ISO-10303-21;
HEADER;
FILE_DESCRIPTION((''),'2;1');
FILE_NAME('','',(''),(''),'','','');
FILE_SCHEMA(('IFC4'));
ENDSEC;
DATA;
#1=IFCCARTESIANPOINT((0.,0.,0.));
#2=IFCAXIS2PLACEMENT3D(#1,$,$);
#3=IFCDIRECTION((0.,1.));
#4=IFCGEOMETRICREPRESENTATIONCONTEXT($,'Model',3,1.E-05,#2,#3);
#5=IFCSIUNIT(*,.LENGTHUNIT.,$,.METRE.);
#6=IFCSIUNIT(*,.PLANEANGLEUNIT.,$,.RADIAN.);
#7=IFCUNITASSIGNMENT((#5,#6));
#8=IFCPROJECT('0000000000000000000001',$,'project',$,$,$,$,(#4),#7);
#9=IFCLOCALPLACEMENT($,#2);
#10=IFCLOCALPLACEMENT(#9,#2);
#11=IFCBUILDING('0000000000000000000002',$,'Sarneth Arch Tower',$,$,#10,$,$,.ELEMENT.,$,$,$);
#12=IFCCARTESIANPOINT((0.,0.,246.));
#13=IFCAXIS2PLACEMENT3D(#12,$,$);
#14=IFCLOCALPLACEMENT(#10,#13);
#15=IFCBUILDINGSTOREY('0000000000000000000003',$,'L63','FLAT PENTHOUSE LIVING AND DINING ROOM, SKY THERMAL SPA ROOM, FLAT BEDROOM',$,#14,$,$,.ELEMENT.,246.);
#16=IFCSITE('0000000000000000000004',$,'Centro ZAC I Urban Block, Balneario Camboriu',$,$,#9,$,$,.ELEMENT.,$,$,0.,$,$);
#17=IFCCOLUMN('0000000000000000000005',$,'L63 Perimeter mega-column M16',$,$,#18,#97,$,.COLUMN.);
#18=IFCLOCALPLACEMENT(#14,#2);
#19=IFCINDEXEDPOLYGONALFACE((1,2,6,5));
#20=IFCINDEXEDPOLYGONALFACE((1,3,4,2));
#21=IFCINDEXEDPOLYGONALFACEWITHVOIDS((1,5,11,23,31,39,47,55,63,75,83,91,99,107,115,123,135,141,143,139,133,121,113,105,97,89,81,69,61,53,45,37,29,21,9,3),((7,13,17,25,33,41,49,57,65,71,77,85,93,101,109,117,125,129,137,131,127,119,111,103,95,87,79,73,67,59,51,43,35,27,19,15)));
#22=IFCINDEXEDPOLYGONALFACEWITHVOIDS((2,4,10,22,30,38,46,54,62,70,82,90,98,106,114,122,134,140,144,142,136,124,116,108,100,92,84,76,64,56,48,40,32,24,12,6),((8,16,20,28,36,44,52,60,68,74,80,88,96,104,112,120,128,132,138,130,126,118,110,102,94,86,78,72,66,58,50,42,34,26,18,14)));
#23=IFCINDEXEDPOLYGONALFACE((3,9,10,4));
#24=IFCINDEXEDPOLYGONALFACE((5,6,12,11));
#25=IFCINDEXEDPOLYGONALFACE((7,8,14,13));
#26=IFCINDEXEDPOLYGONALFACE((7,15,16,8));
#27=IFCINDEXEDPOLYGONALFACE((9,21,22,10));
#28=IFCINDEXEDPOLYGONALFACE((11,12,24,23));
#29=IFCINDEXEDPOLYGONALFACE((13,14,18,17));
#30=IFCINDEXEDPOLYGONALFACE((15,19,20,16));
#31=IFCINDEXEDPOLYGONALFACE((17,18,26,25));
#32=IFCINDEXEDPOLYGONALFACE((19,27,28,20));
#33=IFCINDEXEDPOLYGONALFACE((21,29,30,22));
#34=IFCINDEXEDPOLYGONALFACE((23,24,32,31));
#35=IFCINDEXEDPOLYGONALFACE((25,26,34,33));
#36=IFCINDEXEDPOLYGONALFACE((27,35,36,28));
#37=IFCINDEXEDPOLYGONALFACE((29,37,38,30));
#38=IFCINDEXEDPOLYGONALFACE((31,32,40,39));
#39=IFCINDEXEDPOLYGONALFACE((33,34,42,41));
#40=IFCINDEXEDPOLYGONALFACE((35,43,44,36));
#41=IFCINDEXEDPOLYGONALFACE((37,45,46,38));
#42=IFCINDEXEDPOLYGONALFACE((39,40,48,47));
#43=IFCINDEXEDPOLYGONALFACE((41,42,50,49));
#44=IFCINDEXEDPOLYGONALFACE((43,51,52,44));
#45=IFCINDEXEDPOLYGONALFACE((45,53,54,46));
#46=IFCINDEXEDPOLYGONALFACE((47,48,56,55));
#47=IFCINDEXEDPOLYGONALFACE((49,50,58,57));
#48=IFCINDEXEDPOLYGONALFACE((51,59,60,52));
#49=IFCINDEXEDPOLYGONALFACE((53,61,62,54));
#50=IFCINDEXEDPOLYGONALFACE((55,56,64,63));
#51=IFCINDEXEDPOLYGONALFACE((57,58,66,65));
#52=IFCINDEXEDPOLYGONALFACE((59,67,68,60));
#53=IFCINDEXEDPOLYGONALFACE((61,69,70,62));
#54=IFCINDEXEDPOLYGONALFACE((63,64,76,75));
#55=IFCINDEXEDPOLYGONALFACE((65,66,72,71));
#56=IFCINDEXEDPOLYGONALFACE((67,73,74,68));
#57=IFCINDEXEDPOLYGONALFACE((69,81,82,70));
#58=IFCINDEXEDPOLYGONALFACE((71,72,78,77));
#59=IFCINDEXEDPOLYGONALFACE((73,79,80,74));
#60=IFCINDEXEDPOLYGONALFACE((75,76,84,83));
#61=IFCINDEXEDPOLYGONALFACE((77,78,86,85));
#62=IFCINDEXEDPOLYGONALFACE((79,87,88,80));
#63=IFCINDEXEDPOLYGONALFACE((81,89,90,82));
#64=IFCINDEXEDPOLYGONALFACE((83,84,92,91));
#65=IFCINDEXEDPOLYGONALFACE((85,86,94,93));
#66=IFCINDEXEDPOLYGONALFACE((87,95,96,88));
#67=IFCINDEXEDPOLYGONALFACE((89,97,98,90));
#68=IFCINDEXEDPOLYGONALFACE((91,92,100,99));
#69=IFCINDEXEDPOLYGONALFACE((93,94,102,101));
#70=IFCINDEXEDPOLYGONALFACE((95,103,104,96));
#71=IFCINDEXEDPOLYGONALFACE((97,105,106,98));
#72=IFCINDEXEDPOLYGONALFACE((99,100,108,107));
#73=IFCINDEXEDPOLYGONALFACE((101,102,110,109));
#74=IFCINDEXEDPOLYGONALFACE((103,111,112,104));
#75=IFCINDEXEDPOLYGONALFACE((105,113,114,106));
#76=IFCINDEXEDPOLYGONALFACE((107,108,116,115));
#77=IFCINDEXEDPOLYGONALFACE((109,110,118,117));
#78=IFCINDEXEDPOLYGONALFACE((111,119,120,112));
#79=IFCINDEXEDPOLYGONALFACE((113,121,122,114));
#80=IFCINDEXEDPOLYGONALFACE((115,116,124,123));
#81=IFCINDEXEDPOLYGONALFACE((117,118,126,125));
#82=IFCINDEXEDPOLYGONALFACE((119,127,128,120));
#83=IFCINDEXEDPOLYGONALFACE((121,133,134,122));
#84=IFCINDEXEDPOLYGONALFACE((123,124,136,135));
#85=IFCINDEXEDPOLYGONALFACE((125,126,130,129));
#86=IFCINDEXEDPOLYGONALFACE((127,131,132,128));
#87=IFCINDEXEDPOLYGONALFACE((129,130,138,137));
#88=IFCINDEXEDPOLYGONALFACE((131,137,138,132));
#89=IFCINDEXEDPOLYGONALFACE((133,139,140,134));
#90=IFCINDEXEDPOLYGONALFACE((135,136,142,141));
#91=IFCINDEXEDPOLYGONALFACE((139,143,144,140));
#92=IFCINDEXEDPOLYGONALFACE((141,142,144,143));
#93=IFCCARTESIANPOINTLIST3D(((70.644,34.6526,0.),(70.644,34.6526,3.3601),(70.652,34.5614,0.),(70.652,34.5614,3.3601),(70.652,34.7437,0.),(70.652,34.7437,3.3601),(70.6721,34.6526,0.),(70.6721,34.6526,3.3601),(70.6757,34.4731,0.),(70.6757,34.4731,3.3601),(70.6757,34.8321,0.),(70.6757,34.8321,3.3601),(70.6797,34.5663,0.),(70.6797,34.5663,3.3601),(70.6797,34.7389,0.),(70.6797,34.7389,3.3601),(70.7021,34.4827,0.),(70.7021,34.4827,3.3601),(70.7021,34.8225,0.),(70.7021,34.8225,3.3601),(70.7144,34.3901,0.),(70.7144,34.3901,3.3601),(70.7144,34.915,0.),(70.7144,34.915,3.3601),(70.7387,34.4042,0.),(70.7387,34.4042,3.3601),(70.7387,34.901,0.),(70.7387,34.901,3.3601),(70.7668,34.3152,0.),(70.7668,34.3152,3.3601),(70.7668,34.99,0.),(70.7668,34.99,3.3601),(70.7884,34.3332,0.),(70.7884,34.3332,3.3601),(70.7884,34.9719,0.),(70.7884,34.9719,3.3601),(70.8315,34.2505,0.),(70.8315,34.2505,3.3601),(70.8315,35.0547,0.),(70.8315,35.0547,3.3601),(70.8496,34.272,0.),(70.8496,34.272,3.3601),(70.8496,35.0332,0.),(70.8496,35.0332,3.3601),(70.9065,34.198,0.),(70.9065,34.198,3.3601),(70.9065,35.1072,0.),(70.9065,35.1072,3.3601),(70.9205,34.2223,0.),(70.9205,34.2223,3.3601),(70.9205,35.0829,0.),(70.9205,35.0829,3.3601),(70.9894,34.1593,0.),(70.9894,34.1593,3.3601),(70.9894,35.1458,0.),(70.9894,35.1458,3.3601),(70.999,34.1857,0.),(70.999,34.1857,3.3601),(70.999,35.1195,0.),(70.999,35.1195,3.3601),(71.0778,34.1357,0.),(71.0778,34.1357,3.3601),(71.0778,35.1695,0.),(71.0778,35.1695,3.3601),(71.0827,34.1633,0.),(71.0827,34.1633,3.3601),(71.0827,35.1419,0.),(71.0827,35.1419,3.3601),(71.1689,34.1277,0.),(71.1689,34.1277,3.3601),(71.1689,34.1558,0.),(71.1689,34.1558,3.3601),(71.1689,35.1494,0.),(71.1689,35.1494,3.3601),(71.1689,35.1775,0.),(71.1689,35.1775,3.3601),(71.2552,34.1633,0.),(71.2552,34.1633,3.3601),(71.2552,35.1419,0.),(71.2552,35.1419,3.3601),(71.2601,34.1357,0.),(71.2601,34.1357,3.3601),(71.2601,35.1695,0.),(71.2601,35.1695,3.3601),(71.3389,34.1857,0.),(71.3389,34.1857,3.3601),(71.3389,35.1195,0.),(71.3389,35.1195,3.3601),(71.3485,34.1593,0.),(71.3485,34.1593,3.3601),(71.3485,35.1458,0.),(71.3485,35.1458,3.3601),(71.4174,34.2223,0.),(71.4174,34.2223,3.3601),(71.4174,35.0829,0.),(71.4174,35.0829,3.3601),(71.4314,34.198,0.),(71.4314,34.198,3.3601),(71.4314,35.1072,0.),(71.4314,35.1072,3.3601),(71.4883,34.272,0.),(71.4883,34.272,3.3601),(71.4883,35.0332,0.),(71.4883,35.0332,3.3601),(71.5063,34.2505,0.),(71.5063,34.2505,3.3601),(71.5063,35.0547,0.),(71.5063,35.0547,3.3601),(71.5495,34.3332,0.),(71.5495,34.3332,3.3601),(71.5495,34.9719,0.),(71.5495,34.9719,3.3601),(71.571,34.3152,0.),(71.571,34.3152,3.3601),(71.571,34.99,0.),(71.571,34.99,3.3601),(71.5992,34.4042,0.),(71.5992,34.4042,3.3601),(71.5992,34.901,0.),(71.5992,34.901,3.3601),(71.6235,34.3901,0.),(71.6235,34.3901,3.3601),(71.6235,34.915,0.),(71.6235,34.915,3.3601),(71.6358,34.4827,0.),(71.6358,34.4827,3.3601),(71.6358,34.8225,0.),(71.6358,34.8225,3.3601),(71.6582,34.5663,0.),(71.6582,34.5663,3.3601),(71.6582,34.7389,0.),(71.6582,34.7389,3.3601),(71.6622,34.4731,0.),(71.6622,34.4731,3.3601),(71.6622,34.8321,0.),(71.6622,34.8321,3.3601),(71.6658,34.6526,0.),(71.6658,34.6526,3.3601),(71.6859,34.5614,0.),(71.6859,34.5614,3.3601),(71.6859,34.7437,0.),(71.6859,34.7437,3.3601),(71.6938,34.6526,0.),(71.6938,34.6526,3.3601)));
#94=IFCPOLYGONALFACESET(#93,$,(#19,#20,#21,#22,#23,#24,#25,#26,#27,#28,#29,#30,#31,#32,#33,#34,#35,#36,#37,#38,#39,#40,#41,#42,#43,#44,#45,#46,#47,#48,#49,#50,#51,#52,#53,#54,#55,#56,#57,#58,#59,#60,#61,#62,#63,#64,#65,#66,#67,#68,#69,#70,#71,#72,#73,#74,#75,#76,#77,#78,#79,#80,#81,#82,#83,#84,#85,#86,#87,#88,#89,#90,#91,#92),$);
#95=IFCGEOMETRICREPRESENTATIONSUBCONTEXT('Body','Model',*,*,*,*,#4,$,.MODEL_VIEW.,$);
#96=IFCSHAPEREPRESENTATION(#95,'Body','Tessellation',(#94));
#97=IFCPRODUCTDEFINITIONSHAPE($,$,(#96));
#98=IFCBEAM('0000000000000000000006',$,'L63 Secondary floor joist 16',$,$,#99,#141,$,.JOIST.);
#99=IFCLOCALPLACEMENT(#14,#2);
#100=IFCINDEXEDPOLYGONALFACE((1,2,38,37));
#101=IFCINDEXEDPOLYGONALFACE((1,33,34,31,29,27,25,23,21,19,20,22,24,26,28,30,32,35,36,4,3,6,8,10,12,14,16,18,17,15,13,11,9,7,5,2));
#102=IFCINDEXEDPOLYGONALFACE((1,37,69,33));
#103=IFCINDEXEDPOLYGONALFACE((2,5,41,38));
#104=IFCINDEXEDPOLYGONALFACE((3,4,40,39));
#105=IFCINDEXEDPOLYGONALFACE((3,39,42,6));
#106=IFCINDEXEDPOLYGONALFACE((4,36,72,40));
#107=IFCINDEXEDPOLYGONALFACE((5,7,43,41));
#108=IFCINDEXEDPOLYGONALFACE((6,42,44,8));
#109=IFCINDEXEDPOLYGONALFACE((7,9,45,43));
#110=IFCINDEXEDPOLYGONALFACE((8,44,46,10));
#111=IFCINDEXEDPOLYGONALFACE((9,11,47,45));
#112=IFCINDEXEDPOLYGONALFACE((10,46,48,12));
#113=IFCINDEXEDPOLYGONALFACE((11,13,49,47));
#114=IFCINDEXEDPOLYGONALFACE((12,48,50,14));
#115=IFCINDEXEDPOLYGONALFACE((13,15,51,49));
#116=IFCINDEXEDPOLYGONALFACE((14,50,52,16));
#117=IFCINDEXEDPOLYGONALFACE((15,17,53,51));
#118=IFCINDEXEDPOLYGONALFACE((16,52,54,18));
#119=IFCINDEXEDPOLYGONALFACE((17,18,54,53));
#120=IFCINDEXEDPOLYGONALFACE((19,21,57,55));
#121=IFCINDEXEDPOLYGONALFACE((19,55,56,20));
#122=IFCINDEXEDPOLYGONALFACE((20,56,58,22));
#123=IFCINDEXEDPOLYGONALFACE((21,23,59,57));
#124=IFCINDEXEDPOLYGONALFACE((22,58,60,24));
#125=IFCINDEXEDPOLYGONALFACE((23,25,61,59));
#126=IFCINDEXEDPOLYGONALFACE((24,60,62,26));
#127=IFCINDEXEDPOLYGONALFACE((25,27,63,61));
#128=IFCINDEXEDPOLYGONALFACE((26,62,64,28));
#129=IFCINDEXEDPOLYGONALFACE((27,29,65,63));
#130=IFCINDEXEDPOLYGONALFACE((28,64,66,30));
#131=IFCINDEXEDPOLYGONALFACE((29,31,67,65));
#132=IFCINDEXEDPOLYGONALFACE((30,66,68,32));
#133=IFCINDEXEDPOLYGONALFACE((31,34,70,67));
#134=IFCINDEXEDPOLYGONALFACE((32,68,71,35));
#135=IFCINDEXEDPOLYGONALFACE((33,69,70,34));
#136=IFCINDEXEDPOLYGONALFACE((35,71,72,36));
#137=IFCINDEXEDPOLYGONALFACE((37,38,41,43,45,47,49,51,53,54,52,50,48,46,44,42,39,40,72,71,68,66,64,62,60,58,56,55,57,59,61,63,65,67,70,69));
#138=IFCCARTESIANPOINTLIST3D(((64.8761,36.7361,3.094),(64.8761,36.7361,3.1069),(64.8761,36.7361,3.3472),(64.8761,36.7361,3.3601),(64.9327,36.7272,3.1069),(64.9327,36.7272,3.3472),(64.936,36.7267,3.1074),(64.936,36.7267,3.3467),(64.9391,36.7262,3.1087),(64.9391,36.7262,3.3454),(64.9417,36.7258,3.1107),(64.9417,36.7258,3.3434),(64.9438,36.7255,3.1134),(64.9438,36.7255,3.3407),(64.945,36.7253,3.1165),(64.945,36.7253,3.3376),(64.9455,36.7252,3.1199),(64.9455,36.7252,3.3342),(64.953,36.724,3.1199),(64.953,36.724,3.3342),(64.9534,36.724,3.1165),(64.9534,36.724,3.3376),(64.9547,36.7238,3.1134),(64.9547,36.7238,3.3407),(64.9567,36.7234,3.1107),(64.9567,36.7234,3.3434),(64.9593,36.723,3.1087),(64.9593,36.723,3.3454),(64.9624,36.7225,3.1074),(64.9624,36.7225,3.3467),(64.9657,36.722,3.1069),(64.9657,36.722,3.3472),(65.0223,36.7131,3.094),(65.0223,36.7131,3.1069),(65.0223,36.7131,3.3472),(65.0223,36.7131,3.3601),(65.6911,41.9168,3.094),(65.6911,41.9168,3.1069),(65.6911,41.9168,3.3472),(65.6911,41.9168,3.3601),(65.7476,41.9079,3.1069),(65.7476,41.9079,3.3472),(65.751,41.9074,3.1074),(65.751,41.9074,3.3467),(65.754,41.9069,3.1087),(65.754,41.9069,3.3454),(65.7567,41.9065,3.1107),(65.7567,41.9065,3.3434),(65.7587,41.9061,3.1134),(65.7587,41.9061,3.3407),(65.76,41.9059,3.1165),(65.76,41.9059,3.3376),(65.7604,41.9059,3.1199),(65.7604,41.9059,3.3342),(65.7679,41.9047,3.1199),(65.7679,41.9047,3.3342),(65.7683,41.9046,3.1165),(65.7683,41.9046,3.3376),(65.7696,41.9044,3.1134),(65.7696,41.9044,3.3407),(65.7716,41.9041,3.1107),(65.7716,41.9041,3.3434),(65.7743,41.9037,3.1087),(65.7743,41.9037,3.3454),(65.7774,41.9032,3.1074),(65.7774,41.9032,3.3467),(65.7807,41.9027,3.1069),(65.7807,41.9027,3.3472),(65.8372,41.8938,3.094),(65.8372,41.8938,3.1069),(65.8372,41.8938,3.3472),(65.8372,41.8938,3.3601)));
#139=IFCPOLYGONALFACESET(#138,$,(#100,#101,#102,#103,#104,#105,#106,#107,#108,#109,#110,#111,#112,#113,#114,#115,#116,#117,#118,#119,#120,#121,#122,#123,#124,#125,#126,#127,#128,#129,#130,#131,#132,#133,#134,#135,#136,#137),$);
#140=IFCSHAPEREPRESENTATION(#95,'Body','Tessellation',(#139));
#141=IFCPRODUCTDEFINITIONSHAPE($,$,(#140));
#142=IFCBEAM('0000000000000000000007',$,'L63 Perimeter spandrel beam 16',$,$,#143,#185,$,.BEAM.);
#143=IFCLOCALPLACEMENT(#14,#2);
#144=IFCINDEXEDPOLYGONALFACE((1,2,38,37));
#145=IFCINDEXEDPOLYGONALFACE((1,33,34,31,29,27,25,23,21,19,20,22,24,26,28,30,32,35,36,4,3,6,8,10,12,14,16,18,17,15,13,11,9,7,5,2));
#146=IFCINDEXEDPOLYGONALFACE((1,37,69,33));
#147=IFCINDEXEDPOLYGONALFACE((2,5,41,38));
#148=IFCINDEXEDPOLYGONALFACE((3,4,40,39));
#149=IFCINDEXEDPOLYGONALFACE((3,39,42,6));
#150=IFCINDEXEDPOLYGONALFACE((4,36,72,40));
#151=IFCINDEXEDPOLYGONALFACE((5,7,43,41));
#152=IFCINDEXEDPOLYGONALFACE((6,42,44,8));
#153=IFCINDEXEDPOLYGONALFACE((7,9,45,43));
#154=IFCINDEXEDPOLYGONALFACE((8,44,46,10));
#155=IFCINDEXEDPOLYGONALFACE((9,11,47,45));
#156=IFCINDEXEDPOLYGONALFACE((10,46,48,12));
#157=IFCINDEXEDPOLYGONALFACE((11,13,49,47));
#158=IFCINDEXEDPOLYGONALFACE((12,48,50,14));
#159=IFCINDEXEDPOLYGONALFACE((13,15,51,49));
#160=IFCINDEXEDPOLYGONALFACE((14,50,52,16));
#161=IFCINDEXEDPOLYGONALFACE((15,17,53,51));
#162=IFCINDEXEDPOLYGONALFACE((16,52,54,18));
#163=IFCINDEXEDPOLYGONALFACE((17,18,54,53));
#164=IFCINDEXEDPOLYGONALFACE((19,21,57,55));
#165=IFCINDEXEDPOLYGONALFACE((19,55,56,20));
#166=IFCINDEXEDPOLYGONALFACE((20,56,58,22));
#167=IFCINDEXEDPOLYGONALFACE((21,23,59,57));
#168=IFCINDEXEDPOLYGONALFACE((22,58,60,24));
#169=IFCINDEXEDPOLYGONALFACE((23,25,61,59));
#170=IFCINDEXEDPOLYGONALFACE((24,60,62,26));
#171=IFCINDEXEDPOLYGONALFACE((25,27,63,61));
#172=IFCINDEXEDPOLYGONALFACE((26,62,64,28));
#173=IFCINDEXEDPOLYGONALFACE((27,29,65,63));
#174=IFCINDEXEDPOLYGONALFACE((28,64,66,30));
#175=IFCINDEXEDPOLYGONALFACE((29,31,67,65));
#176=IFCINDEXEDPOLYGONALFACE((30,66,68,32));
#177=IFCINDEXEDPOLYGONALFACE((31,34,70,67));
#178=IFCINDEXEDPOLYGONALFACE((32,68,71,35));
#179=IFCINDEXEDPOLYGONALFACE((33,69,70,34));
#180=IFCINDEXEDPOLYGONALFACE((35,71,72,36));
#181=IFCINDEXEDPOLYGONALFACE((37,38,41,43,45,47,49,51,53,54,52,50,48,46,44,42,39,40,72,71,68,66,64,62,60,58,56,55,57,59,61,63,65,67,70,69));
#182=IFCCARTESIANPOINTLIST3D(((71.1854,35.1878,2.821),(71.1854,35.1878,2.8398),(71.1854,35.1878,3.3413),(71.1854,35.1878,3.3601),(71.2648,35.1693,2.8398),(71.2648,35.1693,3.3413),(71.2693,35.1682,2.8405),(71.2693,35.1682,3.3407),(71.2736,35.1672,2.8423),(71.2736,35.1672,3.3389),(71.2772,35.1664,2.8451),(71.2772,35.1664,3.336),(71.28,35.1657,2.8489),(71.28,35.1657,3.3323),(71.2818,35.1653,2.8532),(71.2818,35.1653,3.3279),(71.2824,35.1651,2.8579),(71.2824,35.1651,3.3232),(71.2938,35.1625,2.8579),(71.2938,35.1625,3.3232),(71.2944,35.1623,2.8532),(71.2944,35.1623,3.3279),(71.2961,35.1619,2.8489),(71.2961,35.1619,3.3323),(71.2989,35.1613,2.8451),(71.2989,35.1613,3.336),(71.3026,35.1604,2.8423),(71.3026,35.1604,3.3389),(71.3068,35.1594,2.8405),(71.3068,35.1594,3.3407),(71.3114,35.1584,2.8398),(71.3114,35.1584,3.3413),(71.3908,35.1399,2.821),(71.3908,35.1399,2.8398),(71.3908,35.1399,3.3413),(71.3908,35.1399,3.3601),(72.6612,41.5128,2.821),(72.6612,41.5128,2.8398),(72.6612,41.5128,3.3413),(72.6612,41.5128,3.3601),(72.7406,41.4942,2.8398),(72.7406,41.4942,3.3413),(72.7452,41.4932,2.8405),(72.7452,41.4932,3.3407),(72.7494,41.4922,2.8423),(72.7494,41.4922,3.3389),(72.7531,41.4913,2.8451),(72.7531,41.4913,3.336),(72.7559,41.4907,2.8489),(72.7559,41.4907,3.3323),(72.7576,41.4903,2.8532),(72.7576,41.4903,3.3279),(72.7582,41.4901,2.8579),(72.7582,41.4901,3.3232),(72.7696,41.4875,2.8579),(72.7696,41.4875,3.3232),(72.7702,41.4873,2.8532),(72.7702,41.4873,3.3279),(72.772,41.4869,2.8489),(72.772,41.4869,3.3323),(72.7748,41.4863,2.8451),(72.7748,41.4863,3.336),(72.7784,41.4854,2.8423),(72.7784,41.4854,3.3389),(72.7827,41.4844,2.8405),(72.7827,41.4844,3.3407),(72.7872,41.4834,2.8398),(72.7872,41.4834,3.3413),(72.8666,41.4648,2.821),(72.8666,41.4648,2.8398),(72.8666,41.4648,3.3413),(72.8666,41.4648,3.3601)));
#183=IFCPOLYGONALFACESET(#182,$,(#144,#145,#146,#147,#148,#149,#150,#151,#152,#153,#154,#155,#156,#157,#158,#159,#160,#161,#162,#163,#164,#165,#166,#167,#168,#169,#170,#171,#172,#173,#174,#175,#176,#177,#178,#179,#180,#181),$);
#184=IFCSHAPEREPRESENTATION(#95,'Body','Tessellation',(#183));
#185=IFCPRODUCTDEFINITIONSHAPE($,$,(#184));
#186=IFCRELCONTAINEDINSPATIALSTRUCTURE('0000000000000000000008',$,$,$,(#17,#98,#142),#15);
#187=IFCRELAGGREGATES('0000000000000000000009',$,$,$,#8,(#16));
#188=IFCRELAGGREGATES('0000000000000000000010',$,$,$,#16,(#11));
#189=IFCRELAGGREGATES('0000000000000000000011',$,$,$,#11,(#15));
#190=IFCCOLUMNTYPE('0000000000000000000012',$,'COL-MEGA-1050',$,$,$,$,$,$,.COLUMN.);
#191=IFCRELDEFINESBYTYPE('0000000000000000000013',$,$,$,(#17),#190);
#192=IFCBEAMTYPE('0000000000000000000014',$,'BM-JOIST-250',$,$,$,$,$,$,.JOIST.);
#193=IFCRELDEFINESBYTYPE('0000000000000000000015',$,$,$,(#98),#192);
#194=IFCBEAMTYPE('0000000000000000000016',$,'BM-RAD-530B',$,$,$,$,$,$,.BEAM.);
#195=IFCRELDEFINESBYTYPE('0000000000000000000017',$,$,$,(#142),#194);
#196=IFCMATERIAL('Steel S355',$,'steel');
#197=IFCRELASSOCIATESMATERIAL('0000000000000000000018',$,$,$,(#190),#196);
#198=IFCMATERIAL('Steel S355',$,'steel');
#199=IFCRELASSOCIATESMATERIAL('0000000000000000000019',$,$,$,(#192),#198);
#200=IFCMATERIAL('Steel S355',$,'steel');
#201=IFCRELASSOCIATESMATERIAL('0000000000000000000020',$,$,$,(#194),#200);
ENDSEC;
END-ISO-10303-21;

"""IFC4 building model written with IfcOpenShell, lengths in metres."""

from ifc_helpers import new_model, si_unit, direction, frame, origin, origin_2d, place, context, subcontext, project, spatial, hollow_circle, i_section, extrude, material, material_profile, profile_set, type_object, element, save


model = new_model("IFC4")

# Units and contexts
model_context = context("Model", 3, precision=1e-05, world=origin(), true_north=direction((0.0, 1.0)))
body_context = subcontext(model_context, "Body", "Model", "MODEL_VIEW")
ifc_project = project(units=[si_unit("LENGTHUNIT", "METRE"), si_unit("PLANEANGLEUNIT", "RADIAN")], contexts=[model_context])

# Site, building, storey
site_placement = place(None, origin())
site = spatial("IfcSite", under=ifc_project, at=site_placement, Name="Centro ZAC I Urban Block, Balneario Camboriu", CompositionType="ELEMENT", RefElevation=0.0)
building_placement = place(site_placement, origin())
building = spatial("IfcBuilding", under=site, at=building_placement, Name="Sarneth Arch Tower", CompositionType="ELEMENT")
storey_placement = place(building_placement, frame((0.0, 0.0, 246.0)))
storey = spatial("IfcBuildingStorey", under=building, at=storey_placement, Name="L63", Description="FLAT PENTHOUSE LIVING AND DINING ROOM, SKY THERMAL SPA ROOM, FLAT BEDROOM", CompositionType="ELEMENT", Elevation=246.0)

# Column
ifc_material_1 = material(Name="Steel S355", Category="steel")
ifc_material_profile_1 = material_profile(ifc_material_1, hollow_circle(Radius=0.5249, WallThickness=0.0281, at=origin_2d()), Name="CHS1050x28")
ifc_profile_set_1 = profile_set([ifc_material_profile_1], Name="Steel S355")
column_type = type_object("IfcColumnType", Name="COL-MEGA-1050", PredefinedType="COLUMN", material=ifc_profile_set_1)
column_placement = place(storey_placement, frame((71.1689, 34.6526, 0.0), z_axis=(0.0, 0.0, 1.0), x_axis=(1.0, 0.0, 0.0)))
element("IfcColumn", 1, at=column_placement, inside=storey, type_object=column_type, Name="L63 Perimeter mega-column M16", PredefinedType="COLUMN", context=body_context, shape_type="SweptSolid", body=[
    extrude(hollow_circle(Radius=0.5249, WallThickness=0.0281, at=origin_2d()), origin(), (0.0, 0.0, 1.0), 3.3601),
])

# Beams
ifc_material_2 = material(Name="Steel S355", Category="steel")
ifc_material_profile_2 = material_profile(ifc_material_2, i_section(OverallWidth=0.1479, OverallDepth=0.2661, WebThickness=0.0076, FlangeThickness=0.0129, FilletRadius=0.0129, at=origin_2d()), Name="W250x44.8")
ifc_profile_set_2 = profile_set([ifc_material_profile_2], Name="Steel S355")
beam_type_1 = type_object("IfcBeamType", Name="BM-JOIST-250", PredefinedType="JOIST", material=ifc_profile_set_2)
beam_1_placement = place(storey_placement, frame((64.9492, 36.7246, 3.2271), z_axis=(0.155394, 0.987853, 0.0), x_axis=(-0.987853, 0.155394, 0.0)))
element("IfcBeam", 2, at=beam_1_placement, inside=storey, type_object=beam_type_1, Name="L63 Secondary floor joist 16", PredefinedType="JOIST", context=body_context, shape_type="SweptSolid", body=[
    extrude(i_section(OverallWidth=0.1479, OverallDepth=0.2661, WebThickness=0.0076, FlangeThickness=0.0129, FilletRadius=0.0129, at=origin_2d()), origin(), (0.0, 0.0, 1.0), 5.2444),
])
ifc_material_3 = material(Name="Steel S355", Category="steel")
ifc_material_profile_3 = material_profile(ifc_material_3, i_section(OverallWidth=0.2109, OverallDepth=0.5391, WebThickness=0.0117, FlangeThickness=0.0188, FilletRadius=0.0181, at=origin_2d()), Name="W530x109")
ifc_profile_set_3 = profile_set([ifc_material_profile_3], Name="Steel S355")
beam_type_2 = type_object("IfcBeamType", Name="BM-RAD-530B", PredefinedType="BEAM", material=ifc_profile_set_3)
beam_2_placement = place(storey_placement, frame((71.2881, 35.1638, 3.0906), z_axis=(0.227231, 0.973841, 0.0), x_axis=(-0.973841, 0.227231, 0.0)))
element("IfcBeam", 3, at=beam_2_placement, inside=storey, type_object=beam_type_2, Name="L63 Perimeter spandrel beam 16", PredefinedType="BEAM", context=body_context, shape_type="SweptSolid", body=[
    extrude(i_section(OverallWidth=0.2109, OverallDepth=0.5391, WebThickness=0.0117, FlangeThickness=0.0188, FilletRadius=0.0181, at=origin_2d()), origin(), (0.0, 0.0, 1.0), 6.4949),
])

save(model, "model.ifc")
